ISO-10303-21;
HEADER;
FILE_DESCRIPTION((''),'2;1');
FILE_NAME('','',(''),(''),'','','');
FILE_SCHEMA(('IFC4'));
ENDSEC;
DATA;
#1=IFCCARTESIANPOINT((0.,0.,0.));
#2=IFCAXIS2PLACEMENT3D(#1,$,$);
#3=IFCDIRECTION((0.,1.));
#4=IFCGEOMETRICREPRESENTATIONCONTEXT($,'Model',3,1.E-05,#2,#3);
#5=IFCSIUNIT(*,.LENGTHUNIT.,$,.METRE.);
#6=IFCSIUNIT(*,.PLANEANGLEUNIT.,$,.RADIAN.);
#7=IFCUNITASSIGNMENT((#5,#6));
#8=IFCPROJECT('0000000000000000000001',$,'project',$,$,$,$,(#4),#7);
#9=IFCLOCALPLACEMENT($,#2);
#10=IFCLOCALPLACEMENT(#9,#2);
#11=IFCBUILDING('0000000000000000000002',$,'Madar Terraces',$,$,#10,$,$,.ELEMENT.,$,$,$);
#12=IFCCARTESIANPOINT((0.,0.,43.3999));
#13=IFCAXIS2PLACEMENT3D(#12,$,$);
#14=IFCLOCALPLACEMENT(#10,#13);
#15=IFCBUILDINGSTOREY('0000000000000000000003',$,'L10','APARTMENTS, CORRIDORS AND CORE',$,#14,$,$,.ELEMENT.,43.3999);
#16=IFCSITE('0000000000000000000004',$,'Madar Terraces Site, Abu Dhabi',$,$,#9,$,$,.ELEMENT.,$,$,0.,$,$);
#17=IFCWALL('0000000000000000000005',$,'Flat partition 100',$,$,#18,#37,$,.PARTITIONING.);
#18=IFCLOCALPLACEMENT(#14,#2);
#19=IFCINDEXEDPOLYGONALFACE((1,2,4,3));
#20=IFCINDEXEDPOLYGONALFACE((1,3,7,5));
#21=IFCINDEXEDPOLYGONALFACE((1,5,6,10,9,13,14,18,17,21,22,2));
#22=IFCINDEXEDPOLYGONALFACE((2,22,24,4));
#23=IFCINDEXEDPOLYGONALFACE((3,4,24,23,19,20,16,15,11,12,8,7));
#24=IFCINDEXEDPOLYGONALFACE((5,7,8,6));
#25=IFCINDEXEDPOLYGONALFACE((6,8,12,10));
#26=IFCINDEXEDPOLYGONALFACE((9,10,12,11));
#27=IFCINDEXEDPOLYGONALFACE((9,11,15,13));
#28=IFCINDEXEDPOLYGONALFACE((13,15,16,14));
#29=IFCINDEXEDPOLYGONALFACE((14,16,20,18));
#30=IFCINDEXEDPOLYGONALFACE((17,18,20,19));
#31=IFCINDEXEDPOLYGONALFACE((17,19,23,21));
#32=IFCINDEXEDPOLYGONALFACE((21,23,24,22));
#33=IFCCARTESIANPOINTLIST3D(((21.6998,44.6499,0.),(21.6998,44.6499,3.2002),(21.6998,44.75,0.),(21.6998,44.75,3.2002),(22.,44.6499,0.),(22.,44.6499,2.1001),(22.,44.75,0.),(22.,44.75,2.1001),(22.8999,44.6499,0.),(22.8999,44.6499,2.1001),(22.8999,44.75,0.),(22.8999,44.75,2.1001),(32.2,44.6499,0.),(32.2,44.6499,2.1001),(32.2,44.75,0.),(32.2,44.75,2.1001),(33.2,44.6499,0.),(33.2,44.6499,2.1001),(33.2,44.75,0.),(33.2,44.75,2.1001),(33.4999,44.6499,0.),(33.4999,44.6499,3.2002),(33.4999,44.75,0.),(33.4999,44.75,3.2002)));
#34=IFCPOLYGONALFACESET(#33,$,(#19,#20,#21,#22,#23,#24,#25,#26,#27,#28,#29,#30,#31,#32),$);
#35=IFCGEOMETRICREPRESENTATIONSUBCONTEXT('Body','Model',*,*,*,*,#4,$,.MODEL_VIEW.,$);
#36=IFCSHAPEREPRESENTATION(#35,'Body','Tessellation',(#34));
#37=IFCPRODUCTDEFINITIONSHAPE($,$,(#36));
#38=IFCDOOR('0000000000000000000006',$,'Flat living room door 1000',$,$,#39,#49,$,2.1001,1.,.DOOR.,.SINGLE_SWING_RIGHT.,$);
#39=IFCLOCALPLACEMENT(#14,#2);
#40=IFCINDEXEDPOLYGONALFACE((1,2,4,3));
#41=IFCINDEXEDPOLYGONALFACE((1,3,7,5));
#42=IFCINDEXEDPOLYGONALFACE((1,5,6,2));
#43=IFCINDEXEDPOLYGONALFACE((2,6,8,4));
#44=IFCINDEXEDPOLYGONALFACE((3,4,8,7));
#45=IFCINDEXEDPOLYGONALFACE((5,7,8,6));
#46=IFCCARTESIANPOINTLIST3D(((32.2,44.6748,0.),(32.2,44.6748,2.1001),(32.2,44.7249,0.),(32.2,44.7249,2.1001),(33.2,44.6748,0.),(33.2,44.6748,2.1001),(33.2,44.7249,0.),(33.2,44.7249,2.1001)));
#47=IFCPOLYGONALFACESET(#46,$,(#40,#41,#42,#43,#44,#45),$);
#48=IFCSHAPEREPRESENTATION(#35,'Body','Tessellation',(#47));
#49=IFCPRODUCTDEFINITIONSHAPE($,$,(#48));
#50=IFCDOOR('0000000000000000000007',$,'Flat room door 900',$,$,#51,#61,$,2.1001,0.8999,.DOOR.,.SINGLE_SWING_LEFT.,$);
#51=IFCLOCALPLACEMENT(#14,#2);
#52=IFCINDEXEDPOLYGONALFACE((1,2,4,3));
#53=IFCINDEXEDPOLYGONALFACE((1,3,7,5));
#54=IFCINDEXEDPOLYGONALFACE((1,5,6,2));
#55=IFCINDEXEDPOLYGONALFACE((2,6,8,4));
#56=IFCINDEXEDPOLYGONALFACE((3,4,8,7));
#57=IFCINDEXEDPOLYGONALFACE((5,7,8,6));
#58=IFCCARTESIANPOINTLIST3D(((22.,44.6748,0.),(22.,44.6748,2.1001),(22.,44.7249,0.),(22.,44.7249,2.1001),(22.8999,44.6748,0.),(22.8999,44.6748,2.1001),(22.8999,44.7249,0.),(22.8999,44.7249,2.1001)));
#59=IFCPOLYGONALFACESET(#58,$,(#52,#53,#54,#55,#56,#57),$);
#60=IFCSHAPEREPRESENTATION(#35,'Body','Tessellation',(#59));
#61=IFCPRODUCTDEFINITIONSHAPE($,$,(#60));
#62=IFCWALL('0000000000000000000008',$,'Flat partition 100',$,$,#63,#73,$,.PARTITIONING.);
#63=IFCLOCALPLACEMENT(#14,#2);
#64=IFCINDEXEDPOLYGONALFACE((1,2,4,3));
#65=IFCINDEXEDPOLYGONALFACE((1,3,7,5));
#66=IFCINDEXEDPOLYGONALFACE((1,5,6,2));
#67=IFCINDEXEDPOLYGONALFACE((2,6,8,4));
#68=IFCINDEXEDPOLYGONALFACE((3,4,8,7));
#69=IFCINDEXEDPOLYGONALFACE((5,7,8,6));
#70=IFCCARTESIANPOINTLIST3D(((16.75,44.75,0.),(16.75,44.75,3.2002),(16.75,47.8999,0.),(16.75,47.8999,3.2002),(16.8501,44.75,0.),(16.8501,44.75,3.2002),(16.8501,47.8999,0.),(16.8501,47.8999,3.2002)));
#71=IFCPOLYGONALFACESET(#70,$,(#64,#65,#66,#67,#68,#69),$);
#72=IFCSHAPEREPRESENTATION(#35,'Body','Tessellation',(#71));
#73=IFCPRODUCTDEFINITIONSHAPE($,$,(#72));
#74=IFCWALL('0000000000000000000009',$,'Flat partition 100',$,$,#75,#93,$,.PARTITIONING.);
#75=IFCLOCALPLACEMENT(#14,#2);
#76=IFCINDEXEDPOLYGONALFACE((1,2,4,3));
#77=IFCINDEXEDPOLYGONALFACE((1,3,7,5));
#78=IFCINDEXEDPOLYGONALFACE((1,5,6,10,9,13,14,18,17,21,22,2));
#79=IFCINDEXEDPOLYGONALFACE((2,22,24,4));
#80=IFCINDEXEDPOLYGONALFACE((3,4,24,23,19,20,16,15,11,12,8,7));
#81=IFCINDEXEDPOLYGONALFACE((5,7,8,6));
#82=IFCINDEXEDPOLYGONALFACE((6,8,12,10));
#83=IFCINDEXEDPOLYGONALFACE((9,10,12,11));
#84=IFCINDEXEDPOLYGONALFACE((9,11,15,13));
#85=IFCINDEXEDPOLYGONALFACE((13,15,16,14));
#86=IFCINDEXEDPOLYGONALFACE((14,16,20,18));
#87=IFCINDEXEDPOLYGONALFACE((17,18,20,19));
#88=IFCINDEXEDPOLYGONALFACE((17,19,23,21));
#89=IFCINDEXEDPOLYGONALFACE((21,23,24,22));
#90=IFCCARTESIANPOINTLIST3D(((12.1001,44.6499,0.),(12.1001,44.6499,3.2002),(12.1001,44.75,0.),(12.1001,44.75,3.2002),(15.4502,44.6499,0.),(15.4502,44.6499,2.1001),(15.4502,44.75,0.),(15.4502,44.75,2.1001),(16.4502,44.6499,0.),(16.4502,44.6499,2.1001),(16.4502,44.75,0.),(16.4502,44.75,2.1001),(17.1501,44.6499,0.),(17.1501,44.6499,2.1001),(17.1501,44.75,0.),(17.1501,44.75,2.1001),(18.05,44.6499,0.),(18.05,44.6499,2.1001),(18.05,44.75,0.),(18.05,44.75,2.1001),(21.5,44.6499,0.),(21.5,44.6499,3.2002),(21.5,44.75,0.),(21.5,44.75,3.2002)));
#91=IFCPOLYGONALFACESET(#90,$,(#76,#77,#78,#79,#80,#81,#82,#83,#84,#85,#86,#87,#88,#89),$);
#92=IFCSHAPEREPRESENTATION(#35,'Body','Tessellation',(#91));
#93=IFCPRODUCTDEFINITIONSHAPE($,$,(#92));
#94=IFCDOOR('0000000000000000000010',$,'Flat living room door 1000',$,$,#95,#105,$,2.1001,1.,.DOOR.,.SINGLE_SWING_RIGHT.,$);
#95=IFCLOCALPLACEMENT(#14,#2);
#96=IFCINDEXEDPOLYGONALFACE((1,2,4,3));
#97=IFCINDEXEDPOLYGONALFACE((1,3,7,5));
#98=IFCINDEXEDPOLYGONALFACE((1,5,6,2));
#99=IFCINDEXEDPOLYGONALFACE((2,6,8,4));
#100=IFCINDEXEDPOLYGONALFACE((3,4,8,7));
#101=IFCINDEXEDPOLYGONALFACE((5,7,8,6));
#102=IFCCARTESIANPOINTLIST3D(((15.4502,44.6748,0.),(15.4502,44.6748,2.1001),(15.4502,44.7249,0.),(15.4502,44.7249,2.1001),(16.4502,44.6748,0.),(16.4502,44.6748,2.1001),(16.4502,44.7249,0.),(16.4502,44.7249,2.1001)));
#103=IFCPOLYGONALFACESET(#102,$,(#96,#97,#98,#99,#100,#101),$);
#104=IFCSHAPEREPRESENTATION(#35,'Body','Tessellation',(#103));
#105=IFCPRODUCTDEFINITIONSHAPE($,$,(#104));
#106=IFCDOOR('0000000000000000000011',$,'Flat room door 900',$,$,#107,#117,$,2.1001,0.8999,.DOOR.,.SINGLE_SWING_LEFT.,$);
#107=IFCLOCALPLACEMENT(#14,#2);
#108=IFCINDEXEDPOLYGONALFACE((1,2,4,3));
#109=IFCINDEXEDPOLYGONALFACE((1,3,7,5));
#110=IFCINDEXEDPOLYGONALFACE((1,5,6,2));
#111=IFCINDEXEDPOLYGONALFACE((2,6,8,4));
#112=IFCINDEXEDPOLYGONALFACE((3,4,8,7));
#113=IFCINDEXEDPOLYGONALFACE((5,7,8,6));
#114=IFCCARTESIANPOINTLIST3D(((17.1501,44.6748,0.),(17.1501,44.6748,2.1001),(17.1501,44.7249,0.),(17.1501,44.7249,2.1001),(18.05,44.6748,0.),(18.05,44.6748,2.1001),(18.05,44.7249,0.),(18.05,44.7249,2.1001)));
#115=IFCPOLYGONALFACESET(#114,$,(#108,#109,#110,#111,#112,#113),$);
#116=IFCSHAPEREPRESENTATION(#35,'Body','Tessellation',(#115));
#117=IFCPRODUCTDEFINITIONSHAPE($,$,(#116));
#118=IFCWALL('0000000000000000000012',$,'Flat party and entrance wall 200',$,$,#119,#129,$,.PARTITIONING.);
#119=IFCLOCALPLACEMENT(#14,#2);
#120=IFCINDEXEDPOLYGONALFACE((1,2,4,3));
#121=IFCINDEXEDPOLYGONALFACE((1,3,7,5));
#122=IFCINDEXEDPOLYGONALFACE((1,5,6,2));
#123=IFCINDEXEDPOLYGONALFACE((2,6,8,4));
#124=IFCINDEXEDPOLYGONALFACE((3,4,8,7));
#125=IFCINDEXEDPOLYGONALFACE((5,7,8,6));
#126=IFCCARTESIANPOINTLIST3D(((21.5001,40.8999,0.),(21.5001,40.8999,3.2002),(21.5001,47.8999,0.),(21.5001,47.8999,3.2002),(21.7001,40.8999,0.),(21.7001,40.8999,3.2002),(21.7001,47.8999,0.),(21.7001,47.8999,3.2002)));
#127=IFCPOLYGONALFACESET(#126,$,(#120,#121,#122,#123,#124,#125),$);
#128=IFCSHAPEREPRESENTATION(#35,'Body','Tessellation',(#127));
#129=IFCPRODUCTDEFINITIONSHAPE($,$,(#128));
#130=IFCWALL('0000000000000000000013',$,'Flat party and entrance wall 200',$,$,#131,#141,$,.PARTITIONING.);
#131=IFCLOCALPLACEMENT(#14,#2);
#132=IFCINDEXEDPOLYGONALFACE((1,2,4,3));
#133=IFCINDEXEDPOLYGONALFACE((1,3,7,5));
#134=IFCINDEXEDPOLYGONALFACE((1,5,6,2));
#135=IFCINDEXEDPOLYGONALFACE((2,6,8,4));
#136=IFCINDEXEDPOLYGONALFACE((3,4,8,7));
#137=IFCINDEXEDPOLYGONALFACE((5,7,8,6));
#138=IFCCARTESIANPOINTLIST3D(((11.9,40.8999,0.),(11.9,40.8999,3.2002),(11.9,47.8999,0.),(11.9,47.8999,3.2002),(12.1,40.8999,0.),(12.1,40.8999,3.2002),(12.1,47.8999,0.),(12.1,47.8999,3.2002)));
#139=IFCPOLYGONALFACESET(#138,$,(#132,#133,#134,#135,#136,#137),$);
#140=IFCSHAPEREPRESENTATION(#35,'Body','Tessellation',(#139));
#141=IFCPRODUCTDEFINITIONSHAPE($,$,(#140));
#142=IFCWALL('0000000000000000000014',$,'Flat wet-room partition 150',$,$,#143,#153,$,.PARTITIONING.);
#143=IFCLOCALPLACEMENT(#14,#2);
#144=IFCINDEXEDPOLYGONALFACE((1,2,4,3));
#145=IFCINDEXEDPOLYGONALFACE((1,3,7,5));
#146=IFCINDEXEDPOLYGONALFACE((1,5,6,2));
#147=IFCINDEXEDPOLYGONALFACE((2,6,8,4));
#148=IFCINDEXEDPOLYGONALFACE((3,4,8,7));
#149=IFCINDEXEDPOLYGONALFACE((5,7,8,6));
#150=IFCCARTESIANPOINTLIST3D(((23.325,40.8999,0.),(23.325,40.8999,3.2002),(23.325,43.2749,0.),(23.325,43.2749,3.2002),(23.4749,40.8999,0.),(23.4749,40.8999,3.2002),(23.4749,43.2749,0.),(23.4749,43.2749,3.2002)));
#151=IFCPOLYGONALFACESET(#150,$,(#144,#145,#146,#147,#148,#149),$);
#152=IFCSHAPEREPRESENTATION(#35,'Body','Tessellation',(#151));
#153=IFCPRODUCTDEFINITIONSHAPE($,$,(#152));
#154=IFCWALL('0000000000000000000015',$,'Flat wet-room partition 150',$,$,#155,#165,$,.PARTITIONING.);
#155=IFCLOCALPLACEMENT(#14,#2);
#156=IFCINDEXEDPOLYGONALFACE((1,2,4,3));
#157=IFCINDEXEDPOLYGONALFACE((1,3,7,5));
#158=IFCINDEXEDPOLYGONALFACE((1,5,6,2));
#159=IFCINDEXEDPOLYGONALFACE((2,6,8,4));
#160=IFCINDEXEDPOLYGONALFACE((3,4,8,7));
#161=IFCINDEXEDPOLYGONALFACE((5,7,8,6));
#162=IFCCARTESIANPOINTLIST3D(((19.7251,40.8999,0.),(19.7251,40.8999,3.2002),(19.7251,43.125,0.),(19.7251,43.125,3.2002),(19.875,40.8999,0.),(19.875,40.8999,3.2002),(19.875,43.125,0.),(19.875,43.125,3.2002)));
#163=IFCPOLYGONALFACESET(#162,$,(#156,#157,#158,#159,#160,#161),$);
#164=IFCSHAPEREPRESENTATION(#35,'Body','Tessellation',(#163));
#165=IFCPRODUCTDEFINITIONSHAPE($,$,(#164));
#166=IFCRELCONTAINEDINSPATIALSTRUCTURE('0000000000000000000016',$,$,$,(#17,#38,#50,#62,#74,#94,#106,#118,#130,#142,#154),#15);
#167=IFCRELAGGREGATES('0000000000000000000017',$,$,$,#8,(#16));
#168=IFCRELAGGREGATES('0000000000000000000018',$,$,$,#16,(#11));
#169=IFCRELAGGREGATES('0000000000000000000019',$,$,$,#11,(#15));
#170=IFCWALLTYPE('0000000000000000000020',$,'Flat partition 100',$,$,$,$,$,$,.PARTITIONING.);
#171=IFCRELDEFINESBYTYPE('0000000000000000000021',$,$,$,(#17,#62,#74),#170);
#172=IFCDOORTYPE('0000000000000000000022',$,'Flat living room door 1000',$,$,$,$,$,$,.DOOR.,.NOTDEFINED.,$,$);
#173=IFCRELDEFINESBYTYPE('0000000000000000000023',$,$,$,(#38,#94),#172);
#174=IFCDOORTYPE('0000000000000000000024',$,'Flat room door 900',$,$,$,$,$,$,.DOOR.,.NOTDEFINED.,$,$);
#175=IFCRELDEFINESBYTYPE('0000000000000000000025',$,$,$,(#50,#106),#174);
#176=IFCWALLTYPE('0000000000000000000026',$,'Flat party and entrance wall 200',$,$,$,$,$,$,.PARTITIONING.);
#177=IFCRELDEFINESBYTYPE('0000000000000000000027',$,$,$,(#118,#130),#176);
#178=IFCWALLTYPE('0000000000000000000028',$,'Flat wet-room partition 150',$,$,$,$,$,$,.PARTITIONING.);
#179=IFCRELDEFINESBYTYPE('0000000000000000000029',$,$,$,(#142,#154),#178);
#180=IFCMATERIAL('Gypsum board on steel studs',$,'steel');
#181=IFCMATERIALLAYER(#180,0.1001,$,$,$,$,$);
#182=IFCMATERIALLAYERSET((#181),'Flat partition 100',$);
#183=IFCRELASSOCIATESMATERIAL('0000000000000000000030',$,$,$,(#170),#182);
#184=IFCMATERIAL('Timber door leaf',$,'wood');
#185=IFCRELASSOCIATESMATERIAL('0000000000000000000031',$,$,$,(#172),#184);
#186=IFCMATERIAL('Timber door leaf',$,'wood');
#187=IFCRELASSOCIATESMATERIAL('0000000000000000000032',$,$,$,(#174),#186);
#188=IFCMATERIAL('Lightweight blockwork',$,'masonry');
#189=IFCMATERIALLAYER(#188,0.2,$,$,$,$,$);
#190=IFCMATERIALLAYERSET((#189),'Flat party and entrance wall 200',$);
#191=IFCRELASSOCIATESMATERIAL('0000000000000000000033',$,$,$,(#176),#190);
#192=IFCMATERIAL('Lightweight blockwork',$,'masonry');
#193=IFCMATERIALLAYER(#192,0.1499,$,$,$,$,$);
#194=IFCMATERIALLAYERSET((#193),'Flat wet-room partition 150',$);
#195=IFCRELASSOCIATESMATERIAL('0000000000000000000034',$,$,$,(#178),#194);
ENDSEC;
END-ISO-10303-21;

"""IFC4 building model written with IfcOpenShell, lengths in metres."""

from ifc_helpers import new_model, si_unit, direction, frame, frame_2d, origin, place, context, subcontext, project, spatial, rectangle, extrude, material, layer, layer_set, type_object, element, fill, save


model = new_model("IFC4")

# Units and contexts
model_context = context("Model", 3, precision=1e-05, world=origin(), true_north=direction((0.0, 1.0)))
body_context = subcontext(model_context, "Body", "Model", "MODEL_VIEW")
ifc_project = project(units=[si_unit("LENGTHUNIT", "METRE"), si_unit("PLANEANGLEUNIT", "RADIAN")], contexts=[model_context])

# Site, building, storey
site_placement = place(None, origin())
site = spatial("IfcSite", under=ifc_project, at=site_placement, Name="Madar Terraces Site, Abu Dhabi", CompositionType="ELEMENT", RefElevation=0.0)
building_placement = place(site_placement, origin())
building = spatial("IfcBuilding", under=site, at=building_placement, Name="Madar Terraces", CompositionType="ELEMENT")
storey_placement = place(building_placement, frame((0.0, 0.0, 43.3999)))
storey = spatial("IfcBuildingStorey", under=building, at=storey_placement, Name="L10", Description="APARTMENTS, CORRIDORS AND CORE", CompositionType="ELEMENT", Elevation=43.3999)

# Shared definitions
ifc_material_1 = material(Name="Gypsum board on steel studs", Category="steel")
ifc_layer_1 = layer(ifc_material_1, 0.1001)
ifc_layer_set_1 = layer_set([ifc_layer_1], Name="Flat partition 100")
wall_type_1 = type_object("IfcWallType", Name="Flat partition 100", PredefinedType="PARTITIONING", material=ifc_layer_set_1)

# Wall, openings, doors
wall_1_placement = place(storey_placement, frame((21.7, 44.7, 0.0), z_axis=(0.0, 0.0, 1.0), x_axis=(1.0, 0.0, 0.0)))
wall_1 = element("IfcWall", 1, at=wall_1_placement, inside=storey, type_object=wall_type_1, Name="Flat partition 100", PredefinedType="PARTITIONING", context=body_context, shape_type="SweptSolid", body=[
    extrude(rectangle(XDim=11.8, YDim=0.1001, at=frame_2d((5.8999, 0.0))), origin(), (0.0, 0.0, 1.0), 3.2002),
])
opening_1_placement = place(wall_1_placement, frame((0.3, 0.0, 0.0)))
opening_1 = element("IfcOpeningElement", 2, at=opening_1_placement, cuts=wall_1, PredefinedType="OPENING", context=body_context, shape_type="SweptSolid", body=[
    extrude(rectangle(XDim=0.8999, YDim=2.1001, at=frame_2d((0.45, 1.05))), frame((0.0, 0.0601, 0.0), z_axis=(0.0, -1.0, 0.0), x_axis=(1.0, 0.0, 0.0)), (0.0, 0.0, 1.0), 0.1201),
])
opening_2_placement = place(wall_1_placement, frame((10.5, 0.0, 0.0)))
opening_2 = element("IfcOpeningElement", 3, at=opening_2_placement, cuts=wall_1, PredefinedType="OPENING", context=body_context, shape_type="SweptSolid", body=[
    extrude(rectangle(XDim=1.0, YDim=2.1001, at=frame_2d((0.5, 1.05))), frame((0.0, 0.0601, 0.0), z_axis=(0.0, -1.0, 0.0), x_axis=(1.0, 0.0, 0.0)), (0.0, 0.0, 1.0), 0.1201),
])
ifc_material_2 = material(Name="Timber door leaf", Category="wood")
door_type_1 = type_object("IfcDoorType", Name="Flat living room door 1000", OperationType="NOTDEFINED", PredefinedType="DOOR", material=ifc_material_2)
door_1_placement = place(opening_2_placement, origin())
door_1 = element("IfcDoor", 4, at=door_1_placement, inside=storey, type_object=door_type_1, Name="Flat living room door 1000", OperationType="SINGLE_SWING_RIGHT", OverallHeight=2.1001, OverallWidth=1.0, PredefinedType="DOOR", context=body_context, shape_type="SweptSolid", body=[
    extrude(rectangle(XDim=1.0, YDim=2.1001, at=frame_2d((0.5, 1.05))), frame((0.0, 0.0249, 0.0), z_axis=(0.0, -1.0, 0.0), x_axis=(1.0, 0.0, 0.0)), (0.0, 0.0, 1.0), 0.05),
])
fill(opening_2, door_1)
ifc_material_3 = material(Name="Timber door leaf", Category="wood")
door_type_2 = type_object("IfcDoorType", Name="Flat room door 900", OperationType="NOTDEFINED", PredefinedType="DOOR", material=ifc_material_3)
door_2_placement = place(opening_1_placement, origin())
door_2 = element("IfcDoor", 5, at=door_2_placement, inside=storey, type_object=door_type_2, Name="Flat room door 900", OperationType="SINGLE_SWING_LEFT", OverallHeight=2.1001, OverallWidth=0.8999, PredefinedType="DOOR", context=body_context, shape_type="SweptSolid", body=[
    extrude(rectangle(XDim=0.8999, YDim=2.1001, at=frame_2d((0.45, 1.05))), frame((0.0, 0.0249, 0.0), z_axis=(0.0, -1.0, 0.0), x_axis=(1.0, 0.0, 0.0)), (0.0, 0.0, 1.0), 0.05),
])
fill(opening_1, door_2)

# Wall
wall_2_placement = place(storey_placement, frame((16.8, 44.75, 0.0), z_axis=(0.0, 0.0, 1.0), x_axis=(0.0, 1.0, 0.0)))
element("IfcWall", 6, at=wall_2_placement, inside=storey, type_object=wall_type_1, Name="Flat partition 100", PredefinedType="PARTITIONING", context=body_context, shape_type="SweptSolid", body=[
    extrude(rectangle(XDim=3.1499, YDim=0.1001, at=frame_2d((1.575, 0.0))), origin(), (0.0, 0.0, 1.0), 3.2002),
])

# Wall, openings, doors
wall_3_placement = place(storey_placement, frame((12.1001, 44.7, 0.0), z_axis=(0.0, 0.0, 1.0), x_axis=(1.0, 0.0, 0.0)))
wall_3 = element("IfcWall", 7, at=wall_3_placement, inside=storey, type_object=wall_type_1, Name="Flat partition 100", PredefinedType="PARTITIONING", context=body_context, shape_type="SweptSolid", body=[
    extrude(rectangle(XDim=9.3999, YDim=0.1001, at=frame_2d((4.7, 0.0))), origin(), (0.0, 0.0, 1.0), 3.2002),
])
opening_3_placement = place(wall_3_placement, frame((5.05, 0.0, 0.0)))
opening_3 = element("IfcOpeningElement", 8, at=opening_3_placement, cuts=wall_3, PredefinedType="OPENING", context=body_context, shape_type="SweptSolid", body=[
    extrude(rectangle(XDim=0.8999, YDim=2.1001, at=frame_2d((0.45, 1.05))), frame((0.0, 0.0601, 0.0), z_axis=(0.0, -1.0, 0.0), x_axis=(1.0, 0.0, 0.0)), (0.0, 0.0, 1.0), 0.1201),
])
opening_4_placement = place(wall_3_placement, frame((3.3501, 0.0, 0.0)))
opening_4 = element("IfcOpeningElement", 9, at=opening_4_placement, cuts=wall_3, PredefinedType="OPENING", context=body_context, shape_type="SweptSolid", body=[
    extrude(rectangle(XDim=1.0, YDim=2.1001, at=frame_2d((0.5, 1.05))), frame((0.0, 0.0601, 0.0), z_axis=(0.0, -1.0, 0.0), x_axis=(1.0, 0.0, 0.0)), (0.0, 0.0, 1.0), 0.1201),
])
door_3_placement = place(opening_4_placement, origin())
door_3 = element("IfcDoor", 10, at=door_3_placement, inside=storey, type_object=door_type_1, Name="Flat living room door 1000", OperationType="SINGLE_SWING_RIGHT", OverallHeight=2.1001, OverallWidth=1.0, PredefinedType="DOOR", context=body_context, shape_type="SweptSolid", body=[
    extrude(rectangle(XDim=1.0, YDim=2.1001, at=frame_2d((0.5, 1.05))), frame((0.0, 0.0249, 0.0), z_axis=(0.0, -1.0, 0.0), x_axis=(1.0, 0.0, 0.0)), (0.0, 0.0, 1.0), 0.05),
])
fill(opening_4, door_3)
door_4_placement = place(opening_3_placement, origin())
door_4 = element("IfcDoor", 11, at=door_4_placement, inside=storey, type_object=door_type_2, Name="Flat room door 900", OperationType="SINGLE_SWING_LEFT", OverallHeight=2.1001, OverallWidth=0.8999, PredefinedType="DOOR", context=body_context, shape_type="SweptSolid", body=[
    extrude(rectangle(XDim=0.8999, YDim=2.1001, at=frame_2d((0.45, 1.05))), frame((0.0, 0.0249, 0.0), z_axis=(0.0, -1.0, 0.0), x_axis=(1.0, 0.0, 0.0)), (0.0, 0.0, 1.0), 0.05),
])
fill(opening_3, door_4)

# Walls
ifc_material_4 = material(Name="Lightweight blockwork", Category="masonry")
ifc_layer_2 = layer(ifc_material_4, 0.2)
ifc_layer_set_2 = layer_set([ifc_layer_2], Name="Flat party and entrance wall 200")
wall_type_2 = type_object("IfcWallType", Name="Flat party and entrance wall 200", PredefinedType="PARTITIONING", material=ifc_layer_set_2)
for number, where, z_axis, x_axis, name in (
    (12, (21.6001, 47.8999, 0.0), (0.0, 0.0, 1.0), (0.0, -1.0, 0.0), "Flat party and entrance wall 200"),
    (13, (12.0, 47.8999, 0.0), (0.0, 0.0, 1.0), (0.0, -1.0, 0.0), "Flat party and entrance wall 200"),
):
    element("IfcWall", number, at=place(storey_placement, frame(where, z_axis=z_axis, x_axis=x_axis)), inside=storey, type_object=wall_type_2, Name=name, PredefinedType="PARTITIONING", context=body_context, shape_type="SweptSolid", body=[
        extrude(rectangle(XDim=7.0, YDim=0.2, at=frame_2d((3.5, 0.0))), origin(), (0.0, 0.0, 1.0), 3.2002),
    ])
ifc_material_5 = material(Name="Lightweight blockwork", Category="masonry")
ifc_layer_3 = layer(ifc_material_5, 0.1499)
ifc_layer_set_3 = layer_set([ifc_layer_3], Name="Flat wet-room partition 150")
wall_type_3 = type_object("IfcWallType", Name="Flat wet-room partition 150", PredefinedType="PARTITIONING", material=ifc_layer_set_3)
wall_4_placement = place(storey_placement, frame((23.3999, 40.8999, 0.0), z_axis=(0.0, 0.0, 1.0), x_axis=(0.0, 1.0, 0.0)))
element("IfcWall", 14, at=wall_4_placement, inside=storey, type_object=wall_type_3, Name="Flat wet-room partition 150", PredefinedType="PARTITIONING", context=body_context, shape_type="SweptSolid", body=[
    extrude(rectangle(XDim=2.375, YDim=0.1499, at=frame_2d((1.1875, 0.0))), origin(), (0.0, 0.0, 1.0), 3.2002),
])
wall_5_placement = place(storey_placement, frame((19.8, 40.8999, 0.0), z_axis=(0.0, 0.0, 1.0), x_axis=(0.0, 1.0, 0.0)))
element("IfcWall", 15, at=wall_5_placement, inside=storey, type_object=wall_type_3, Name="Flat wet-room partition 150", PredefinedType="PARTITIONING", context=body_context, shape_type="SweptSolid", body=[
    extrude(rectangle(XDim=2.2251, YDim=0.1499, at=frame_2d((1.1125, 0.0))), origin(), (0.0, 0.0, 1.0), 3.2002),
])

save(model, "model.ifc")
